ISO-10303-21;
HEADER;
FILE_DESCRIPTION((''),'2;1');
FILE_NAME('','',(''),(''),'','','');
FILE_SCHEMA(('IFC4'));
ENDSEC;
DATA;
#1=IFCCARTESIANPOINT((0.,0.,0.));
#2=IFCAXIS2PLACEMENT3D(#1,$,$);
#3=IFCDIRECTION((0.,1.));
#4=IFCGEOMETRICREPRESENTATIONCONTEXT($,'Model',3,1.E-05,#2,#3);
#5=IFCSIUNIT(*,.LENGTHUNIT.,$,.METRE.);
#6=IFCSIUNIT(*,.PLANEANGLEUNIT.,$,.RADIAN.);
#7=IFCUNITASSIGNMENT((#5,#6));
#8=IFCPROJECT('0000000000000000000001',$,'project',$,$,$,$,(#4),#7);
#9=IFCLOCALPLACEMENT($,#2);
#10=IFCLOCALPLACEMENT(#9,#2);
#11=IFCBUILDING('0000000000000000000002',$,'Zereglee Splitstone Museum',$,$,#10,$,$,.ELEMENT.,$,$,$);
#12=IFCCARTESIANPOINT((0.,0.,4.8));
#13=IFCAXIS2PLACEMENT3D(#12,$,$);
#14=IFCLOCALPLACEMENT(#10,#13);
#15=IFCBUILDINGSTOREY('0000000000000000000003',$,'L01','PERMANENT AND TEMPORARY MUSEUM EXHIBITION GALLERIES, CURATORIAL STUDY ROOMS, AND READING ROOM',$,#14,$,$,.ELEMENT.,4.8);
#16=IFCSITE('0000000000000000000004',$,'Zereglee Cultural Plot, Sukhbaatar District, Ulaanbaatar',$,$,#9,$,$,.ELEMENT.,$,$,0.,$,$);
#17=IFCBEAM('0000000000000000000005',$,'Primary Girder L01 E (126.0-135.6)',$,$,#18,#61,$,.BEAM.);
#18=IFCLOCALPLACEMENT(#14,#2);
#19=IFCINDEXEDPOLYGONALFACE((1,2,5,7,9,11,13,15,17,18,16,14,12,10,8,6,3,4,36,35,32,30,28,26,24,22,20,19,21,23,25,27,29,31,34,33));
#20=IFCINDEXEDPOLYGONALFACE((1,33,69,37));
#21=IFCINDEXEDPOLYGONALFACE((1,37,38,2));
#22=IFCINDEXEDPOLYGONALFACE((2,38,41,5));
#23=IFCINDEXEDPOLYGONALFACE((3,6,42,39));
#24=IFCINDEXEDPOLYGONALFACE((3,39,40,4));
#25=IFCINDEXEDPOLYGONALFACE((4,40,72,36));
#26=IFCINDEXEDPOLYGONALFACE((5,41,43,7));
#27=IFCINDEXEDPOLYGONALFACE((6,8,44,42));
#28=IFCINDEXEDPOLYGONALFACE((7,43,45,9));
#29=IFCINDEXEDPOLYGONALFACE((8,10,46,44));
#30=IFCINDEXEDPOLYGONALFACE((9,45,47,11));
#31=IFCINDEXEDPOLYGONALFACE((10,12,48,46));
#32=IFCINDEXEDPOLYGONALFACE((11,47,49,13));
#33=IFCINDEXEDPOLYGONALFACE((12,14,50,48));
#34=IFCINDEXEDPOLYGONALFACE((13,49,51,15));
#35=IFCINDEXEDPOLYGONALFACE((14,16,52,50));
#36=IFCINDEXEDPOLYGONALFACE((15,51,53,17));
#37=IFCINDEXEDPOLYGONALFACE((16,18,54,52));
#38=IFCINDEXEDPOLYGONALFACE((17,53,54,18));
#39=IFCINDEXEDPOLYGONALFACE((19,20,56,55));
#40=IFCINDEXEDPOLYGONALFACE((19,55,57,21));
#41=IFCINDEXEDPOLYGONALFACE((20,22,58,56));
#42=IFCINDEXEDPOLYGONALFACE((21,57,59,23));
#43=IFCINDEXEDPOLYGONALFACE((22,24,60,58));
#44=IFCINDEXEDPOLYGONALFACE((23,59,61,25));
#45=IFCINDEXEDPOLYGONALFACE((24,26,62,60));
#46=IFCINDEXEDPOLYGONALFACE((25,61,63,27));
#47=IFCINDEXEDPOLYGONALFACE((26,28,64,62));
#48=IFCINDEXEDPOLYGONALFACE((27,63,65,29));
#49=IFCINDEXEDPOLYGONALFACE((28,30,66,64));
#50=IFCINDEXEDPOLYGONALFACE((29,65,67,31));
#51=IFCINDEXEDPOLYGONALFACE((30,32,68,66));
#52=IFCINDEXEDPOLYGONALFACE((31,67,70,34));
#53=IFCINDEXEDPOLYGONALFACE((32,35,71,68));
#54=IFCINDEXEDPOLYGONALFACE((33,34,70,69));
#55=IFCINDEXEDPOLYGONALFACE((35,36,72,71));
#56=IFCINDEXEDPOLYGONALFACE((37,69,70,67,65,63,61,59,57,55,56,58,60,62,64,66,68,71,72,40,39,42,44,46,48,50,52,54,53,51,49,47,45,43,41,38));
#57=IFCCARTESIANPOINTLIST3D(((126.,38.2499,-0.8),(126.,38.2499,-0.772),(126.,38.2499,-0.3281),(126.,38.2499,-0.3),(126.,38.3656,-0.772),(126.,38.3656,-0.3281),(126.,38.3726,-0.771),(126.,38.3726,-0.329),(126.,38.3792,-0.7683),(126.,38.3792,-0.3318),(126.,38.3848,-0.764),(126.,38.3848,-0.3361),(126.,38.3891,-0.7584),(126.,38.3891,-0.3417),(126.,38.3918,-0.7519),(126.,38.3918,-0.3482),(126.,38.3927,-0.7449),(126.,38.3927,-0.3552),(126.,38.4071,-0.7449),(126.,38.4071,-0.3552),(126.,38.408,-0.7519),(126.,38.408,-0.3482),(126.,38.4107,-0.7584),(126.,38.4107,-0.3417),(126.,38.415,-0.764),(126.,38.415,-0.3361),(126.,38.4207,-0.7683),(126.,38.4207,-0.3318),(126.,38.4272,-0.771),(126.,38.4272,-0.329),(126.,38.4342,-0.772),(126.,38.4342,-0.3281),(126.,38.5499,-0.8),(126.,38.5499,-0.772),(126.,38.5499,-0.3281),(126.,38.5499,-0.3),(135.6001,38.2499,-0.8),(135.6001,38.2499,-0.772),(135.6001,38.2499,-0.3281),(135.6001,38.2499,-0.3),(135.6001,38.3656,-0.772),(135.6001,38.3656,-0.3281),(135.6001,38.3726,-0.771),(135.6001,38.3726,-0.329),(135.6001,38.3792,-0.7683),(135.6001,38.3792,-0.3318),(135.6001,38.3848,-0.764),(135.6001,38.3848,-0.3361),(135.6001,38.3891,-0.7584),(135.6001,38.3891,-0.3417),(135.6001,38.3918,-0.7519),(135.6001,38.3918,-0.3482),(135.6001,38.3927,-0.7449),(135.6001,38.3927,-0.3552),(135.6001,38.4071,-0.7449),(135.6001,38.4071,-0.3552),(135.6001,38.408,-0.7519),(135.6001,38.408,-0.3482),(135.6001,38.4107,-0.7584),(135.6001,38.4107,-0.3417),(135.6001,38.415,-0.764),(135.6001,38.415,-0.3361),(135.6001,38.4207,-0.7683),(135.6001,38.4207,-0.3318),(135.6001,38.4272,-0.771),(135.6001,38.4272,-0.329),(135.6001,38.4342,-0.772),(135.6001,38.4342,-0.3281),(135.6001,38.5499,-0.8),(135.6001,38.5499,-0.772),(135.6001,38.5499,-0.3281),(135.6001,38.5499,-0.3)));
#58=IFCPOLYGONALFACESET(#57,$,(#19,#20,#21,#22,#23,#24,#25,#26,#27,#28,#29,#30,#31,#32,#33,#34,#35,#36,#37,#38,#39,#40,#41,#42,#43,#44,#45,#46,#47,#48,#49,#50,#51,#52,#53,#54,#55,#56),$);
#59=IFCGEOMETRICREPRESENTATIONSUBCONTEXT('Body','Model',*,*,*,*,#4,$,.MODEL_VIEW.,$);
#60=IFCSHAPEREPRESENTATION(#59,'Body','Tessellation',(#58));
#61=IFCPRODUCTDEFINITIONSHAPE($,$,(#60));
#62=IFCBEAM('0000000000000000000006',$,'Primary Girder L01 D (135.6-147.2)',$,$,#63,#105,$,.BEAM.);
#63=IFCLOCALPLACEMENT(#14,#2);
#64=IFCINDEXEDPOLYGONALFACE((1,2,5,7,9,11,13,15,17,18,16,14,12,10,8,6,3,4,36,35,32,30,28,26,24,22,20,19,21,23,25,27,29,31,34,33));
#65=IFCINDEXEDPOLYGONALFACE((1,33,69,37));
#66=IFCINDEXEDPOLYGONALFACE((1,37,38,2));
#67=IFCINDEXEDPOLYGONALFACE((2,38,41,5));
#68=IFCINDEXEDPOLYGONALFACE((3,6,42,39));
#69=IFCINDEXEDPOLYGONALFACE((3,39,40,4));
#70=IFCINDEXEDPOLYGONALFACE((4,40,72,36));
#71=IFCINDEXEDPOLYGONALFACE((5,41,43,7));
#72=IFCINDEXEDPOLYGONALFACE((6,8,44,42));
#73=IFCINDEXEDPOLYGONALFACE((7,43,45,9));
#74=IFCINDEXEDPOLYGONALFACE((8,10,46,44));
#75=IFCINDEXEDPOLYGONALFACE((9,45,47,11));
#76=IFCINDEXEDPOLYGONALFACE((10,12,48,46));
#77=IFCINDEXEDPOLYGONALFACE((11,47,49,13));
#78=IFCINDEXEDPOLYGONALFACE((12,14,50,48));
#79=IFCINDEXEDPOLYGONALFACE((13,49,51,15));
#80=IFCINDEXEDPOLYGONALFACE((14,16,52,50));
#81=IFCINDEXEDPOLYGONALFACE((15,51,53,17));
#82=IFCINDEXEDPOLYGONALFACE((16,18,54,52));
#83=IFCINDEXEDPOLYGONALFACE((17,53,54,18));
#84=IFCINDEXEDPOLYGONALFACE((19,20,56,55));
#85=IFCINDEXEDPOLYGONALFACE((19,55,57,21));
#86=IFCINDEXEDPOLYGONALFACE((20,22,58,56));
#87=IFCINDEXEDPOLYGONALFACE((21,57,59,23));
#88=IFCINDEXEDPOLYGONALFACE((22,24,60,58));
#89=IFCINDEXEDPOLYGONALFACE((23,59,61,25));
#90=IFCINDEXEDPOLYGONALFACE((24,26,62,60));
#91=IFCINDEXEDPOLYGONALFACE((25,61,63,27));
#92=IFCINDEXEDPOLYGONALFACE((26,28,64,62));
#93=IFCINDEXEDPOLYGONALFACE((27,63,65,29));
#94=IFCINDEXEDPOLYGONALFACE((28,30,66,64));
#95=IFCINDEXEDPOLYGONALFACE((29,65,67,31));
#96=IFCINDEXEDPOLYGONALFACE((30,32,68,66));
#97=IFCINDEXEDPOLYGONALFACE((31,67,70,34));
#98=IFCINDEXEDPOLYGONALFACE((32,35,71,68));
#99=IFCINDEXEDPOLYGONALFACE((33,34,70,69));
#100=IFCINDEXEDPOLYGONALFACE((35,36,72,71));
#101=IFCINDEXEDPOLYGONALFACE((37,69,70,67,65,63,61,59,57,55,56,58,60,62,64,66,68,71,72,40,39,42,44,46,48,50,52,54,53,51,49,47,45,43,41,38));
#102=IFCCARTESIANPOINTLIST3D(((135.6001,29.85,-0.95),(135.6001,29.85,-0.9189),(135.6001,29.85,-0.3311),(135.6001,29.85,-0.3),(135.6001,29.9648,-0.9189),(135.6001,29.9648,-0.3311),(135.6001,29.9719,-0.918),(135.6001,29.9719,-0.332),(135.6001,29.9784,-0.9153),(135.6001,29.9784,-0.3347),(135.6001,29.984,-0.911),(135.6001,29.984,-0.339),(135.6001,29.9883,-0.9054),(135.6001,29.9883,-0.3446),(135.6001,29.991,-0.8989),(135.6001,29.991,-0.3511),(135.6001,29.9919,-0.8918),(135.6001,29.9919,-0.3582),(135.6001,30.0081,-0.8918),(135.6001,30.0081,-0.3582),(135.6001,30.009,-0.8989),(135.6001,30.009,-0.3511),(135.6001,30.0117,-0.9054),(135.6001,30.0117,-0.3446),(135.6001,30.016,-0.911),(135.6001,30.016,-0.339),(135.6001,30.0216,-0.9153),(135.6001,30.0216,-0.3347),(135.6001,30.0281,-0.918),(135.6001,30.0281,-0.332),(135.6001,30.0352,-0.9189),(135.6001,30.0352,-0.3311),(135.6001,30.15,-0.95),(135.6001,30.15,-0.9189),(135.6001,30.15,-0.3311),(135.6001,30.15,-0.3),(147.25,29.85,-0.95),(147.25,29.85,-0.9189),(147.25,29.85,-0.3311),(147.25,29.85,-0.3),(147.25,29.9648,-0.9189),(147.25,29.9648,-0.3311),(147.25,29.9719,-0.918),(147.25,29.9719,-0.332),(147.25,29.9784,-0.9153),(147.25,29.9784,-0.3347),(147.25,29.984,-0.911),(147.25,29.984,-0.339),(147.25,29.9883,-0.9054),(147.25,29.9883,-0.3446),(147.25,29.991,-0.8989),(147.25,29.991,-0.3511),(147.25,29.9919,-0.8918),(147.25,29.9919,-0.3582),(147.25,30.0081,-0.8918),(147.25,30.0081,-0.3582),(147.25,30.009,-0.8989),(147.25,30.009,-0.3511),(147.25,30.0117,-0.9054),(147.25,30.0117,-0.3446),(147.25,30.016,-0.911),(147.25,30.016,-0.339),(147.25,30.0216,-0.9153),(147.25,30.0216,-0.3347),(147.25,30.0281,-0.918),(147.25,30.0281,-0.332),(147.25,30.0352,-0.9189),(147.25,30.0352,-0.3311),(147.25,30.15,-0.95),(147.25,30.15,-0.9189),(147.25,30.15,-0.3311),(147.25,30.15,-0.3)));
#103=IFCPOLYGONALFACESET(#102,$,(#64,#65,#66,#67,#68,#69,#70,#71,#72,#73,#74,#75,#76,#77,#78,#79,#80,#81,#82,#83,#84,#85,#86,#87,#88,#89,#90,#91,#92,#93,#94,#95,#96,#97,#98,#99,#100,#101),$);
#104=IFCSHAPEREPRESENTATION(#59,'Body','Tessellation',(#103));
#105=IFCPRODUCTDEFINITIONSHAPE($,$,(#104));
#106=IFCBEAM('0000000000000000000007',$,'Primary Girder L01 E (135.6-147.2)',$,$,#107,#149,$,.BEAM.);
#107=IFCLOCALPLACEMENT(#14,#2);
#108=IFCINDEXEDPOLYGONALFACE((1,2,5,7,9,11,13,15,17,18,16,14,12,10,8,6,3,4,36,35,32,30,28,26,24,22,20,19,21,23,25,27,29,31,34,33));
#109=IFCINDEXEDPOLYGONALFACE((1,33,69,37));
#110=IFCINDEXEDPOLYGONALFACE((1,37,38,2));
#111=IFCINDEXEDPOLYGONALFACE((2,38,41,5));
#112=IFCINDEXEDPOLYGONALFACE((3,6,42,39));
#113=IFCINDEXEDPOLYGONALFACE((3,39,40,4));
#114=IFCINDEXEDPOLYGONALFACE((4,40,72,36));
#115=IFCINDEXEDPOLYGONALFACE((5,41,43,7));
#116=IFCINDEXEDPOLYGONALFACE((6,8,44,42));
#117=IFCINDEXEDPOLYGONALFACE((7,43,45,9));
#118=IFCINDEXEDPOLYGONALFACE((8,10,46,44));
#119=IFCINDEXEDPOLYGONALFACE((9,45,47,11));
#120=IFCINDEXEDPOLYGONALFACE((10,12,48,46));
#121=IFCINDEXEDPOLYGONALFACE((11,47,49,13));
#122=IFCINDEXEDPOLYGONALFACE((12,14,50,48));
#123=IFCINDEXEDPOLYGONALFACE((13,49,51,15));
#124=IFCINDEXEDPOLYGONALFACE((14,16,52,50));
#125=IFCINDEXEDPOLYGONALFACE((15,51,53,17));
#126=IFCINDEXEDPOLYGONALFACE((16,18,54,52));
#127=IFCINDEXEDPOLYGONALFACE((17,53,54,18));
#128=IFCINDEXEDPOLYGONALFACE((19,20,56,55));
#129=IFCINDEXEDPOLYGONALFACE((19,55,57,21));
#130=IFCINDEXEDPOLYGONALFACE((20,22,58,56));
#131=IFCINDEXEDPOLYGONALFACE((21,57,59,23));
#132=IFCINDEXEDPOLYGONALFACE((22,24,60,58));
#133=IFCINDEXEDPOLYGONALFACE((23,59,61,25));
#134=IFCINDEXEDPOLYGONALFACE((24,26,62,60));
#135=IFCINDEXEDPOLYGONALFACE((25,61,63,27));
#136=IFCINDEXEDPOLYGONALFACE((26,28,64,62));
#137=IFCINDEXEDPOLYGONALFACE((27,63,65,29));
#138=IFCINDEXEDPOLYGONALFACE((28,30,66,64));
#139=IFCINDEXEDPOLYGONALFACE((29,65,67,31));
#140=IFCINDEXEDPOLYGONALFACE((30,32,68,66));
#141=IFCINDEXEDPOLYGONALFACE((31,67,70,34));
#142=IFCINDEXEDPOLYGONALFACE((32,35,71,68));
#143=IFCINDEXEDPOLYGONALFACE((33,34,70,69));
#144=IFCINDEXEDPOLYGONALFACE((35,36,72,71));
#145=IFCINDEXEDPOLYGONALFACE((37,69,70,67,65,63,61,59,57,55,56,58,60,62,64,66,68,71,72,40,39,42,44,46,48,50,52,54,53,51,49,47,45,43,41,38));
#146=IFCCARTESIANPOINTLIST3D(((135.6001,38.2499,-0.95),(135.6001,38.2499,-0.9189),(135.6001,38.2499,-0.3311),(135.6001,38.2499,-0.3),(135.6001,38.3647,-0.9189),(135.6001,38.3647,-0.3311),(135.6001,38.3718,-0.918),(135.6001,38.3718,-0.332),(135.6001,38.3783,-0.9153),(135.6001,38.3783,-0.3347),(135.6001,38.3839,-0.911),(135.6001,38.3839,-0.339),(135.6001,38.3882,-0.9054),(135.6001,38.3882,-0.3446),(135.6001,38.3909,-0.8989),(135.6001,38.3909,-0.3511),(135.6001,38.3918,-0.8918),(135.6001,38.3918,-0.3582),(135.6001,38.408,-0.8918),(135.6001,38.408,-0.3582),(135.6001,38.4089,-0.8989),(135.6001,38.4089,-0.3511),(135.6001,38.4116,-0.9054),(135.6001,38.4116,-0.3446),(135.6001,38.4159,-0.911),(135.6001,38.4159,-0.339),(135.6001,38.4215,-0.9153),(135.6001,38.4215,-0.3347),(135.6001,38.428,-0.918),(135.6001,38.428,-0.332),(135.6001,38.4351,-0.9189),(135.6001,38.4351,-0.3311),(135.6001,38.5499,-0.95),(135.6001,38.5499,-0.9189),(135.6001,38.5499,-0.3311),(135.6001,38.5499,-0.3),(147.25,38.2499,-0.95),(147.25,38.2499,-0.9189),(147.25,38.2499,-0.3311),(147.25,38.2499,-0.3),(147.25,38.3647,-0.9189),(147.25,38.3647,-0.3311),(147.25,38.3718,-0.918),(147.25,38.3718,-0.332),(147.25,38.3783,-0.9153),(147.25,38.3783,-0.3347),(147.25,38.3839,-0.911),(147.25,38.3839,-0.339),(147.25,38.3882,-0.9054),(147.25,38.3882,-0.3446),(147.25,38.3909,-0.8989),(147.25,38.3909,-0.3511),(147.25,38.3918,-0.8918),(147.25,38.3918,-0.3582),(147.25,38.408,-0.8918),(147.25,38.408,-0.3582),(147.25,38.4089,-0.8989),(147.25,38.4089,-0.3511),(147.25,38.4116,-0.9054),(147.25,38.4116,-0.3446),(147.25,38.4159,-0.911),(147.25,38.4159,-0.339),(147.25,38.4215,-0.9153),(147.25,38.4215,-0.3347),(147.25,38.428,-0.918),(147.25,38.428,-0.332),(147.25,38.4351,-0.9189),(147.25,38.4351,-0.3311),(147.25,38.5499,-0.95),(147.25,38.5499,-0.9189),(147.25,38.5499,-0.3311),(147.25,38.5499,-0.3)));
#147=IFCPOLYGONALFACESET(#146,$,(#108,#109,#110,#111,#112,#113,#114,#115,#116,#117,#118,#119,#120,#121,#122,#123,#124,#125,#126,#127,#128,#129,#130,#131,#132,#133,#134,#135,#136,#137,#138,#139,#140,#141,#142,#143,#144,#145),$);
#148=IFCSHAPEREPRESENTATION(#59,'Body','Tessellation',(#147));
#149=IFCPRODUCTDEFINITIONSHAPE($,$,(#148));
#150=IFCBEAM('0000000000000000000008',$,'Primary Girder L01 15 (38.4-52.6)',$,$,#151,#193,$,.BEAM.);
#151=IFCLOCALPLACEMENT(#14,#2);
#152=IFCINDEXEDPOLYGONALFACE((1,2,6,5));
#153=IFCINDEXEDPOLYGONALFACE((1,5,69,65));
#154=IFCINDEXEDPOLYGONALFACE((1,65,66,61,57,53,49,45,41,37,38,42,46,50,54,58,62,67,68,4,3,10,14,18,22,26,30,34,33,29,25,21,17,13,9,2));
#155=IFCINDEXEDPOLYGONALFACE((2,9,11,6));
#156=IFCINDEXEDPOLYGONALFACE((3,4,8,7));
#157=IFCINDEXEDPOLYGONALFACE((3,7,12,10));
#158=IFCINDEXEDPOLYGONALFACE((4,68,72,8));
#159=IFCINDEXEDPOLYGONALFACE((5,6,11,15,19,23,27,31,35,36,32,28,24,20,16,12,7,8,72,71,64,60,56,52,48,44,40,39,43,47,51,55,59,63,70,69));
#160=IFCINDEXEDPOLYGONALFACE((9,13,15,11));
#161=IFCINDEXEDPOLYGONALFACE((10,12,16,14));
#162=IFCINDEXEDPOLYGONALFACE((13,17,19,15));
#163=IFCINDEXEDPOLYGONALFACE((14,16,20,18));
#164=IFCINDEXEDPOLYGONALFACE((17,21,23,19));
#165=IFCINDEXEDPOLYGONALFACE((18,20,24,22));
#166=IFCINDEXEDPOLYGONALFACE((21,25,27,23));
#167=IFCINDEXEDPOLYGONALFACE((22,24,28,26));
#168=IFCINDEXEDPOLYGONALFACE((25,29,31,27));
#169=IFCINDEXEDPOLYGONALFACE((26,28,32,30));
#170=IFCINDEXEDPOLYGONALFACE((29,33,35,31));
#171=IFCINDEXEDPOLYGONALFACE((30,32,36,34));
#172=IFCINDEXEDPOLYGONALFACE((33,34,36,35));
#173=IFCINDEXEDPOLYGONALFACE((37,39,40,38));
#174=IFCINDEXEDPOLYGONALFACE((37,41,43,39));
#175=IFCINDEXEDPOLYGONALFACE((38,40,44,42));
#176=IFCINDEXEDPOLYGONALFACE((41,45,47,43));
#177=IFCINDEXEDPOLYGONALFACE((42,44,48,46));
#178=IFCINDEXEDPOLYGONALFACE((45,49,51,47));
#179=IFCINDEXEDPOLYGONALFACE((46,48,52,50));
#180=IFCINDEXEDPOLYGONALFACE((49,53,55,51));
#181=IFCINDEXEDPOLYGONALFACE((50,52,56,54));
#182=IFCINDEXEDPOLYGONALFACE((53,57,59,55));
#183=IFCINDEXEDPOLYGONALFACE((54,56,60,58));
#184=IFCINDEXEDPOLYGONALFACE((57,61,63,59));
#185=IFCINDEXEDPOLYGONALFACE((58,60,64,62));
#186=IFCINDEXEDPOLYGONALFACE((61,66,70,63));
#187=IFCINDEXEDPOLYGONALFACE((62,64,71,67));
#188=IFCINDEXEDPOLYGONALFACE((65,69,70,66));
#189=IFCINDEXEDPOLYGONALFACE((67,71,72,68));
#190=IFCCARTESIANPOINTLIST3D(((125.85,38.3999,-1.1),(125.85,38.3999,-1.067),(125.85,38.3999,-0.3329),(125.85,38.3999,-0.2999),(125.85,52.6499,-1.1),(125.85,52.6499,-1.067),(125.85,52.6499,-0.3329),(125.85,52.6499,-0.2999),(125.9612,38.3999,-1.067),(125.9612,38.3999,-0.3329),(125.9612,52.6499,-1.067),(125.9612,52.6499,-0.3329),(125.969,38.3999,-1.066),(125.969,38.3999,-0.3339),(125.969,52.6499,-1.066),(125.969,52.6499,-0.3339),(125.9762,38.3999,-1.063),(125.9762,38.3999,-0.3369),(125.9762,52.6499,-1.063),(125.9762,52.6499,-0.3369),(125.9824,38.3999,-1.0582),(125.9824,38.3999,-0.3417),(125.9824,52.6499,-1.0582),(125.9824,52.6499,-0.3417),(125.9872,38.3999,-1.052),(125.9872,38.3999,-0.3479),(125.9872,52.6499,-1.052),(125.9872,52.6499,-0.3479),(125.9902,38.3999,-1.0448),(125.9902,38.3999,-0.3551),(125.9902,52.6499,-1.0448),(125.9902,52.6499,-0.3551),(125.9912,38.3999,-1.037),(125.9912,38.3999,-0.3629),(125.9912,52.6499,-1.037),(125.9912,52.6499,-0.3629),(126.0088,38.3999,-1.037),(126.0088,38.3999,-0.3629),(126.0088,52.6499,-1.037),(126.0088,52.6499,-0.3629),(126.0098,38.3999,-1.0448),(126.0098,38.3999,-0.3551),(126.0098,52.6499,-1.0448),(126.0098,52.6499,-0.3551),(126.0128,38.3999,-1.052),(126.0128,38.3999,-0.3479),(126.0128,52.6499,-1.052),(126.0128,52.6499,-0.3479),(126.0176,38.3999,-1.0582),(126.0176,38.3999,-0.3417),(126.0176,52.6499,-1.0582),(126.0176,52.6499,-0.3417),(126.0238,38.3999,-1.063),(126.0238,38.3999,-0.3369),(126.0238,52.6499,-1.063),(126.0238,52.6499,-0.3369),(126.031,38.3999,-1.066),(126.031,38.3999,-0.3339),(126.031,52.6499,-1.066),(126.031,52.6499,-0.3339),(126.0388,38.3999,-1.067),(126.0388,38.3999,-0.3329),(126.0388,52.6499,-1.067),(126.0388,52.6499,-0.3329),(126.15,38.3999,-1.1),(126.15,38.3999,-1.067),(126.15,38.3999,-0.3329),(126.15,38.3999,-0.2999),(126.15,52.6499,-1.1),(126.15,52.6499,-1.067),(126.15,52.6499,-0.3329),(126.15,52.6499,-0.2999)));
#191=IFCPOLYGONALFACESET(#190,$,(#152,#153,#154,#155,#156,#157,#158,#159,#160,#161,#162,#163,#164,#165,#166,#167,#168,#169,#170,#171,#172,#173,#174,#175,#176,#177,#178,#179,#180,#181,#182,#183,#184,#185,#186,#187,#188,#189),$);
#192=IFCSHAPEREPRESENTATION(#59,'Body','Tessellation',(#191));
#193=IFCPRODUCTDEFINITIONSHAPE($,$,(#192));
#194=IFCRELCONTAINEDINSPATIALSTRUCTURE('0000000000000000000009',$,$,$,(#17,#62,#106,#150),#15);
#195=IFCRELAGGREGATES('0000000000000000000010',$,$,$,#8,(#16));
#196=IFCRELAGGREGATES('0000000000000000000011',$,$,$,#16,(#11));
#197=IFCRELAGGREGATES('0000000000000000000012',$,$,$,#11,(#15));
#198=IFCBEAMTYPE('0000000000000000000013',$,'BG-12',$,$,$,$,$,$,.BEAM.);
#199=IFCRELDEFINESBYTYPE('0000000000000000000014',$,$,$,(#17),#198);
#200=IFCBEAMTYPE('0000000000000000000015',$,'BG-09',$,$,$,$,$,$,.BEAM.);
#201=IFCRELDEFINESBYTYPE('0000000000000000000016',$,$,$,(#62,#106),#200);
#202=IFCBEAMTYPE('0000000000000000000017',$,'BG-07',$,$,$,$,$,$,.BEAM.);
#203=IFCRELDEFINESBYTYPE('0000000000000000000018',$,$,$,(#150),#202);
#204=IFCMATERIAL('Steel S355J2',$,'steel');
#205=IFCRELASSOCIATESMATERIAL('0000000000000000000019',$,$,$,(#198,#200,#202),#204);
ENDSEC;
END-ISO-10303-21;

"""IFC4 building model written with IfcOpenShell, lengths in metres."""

from ifc_helpers import new_model, si_unit, direction, frame, origin, origin_2d, place, context, subcontext, project, spatial, i_section, extrude, material, material_profile, profile_set, type_object, element, save


model = new_model("IFC4")

# Units and contexts
model_context = context("Model", 3, precision=1e-05, world=origin(), true_north=direction((0.0, 1.0)))
body_context = subcontext(model_context, "Body", "Model", "MODEL_VIEW")
ifc_project = project(units=[si_unit("LENGTHUNIT", "METRE"), si_unit("PLANEANGLEUNIT", "RADIAN")], contexts=[model_context])

# Site, building, storey
site_placement = place(None, origin())
site = spatial("IfcSite", under=ifc_project, at=site_placement, Name="Zereglee Cultural Plot, Sukhbaatar District, Ulaanbaatar", CompositionType="ELEMENT", RefElevation=0.0)
building_placement = place(site_placement, origin())
building = spatial("IfcBuilding", under=site, at=building_placement, Name="Zereglee Splitstone Museum", CompositionType="ELEMENT")
storey_placement = place(building_placement, frame((0.0, 0.0, 4.8)))
storey = spatial("IfcBuildingStorey", under=building, at=storey_placement, Name="L01", Description="PERMANENT AND TEMPORARY MUSEUM EXHIBITION GALLERIES, CURATORIAL STUDY ROOMS, AND READING ROOM", CompositionType="ELEMENT", Elevation=4.8)

# Shared definitions
ifc_material_1 = material(Name="Steel S355J2", Category="steel")

# Beams
ifc_material_profile_1 = material_profile(ifc_material_1, i_section(OverallWidth=0.3, OverallDepth=0.5, WebThickness=0.0144, FlangeThickness=0.0281, FilletRadius=0.0271, at=origin_2d()), Name="HE 500 B")
ifc_profile_set_1 = profile_set([ifc_material_profile_1], Name="Steel S355J2")
beam_type_1 = type_object("IfcBeamType", Name="BG-12", PredefinedType="BEAM", material=ifc_profile_set_1)
beam_1_placement = place(storey_placement, frame((126.0, 38.3999, -0.55), z_axis=(1.0, 0.0, 0.0), x_axis=(0.0, 1.0, 0.0)))
element("IfcBeam", 1, at=beam_1_placement, inside=storey, type_object=beam_type_1, Name="Primary Girder L01 E (126.0-135.6)", PredefinedType="BEAM", context=body_context, shape_type="SweptSolid", body=[
    extrude(i_section(OverallWidth=0.3, OverallDepth=0.5, WebThickness=0.0144, FlangeThickness=0.0281, FilletRadius=0.0271, at=origin_2d()), origin(), (0.0, 0.0, 1.0), 9.6001),
])
ifc_material_profile_2 = material_profile(ifc_material_1, i_section(OverallWidth=0.3, OverallDepth=0.6499, WebThickness=0.0161, FlangeThickness=0.031, FilletRadius=0.0271, at=origin_2d()), Name="HE 650 B")
ifc_profile_set_2 = profile_set([ifc_material_profile_2], Name="Steel S355J2")
beam_type_2 = type_object("IfcBeamType", Name="BG-09", PredefinedType="BEAM", material=ifc_profile_set_2)
for number, where, z_axis, x_axis, name in (
    (2, (135.6001, 30.0, -0.625), (1.0, 0.0, 0.0), (0.0, 1.0, 0.0), "Primary Girder L01 D (135.6-147.2)"),
    (3, (135.6001, 38.3999, -0.625), (1.0, 0.0, 0.0), (0.0, 1.0, 0.0), "Primary Girder L01 E (135.6-147.2)"),
):
    element("IfcBeam", number, at=place(storey_placement, frame(where, z_axis=z_axis, x_axis=x_axis)), inside=storey, type_object=beam_type_2, Name=name, PredefinedType="BEAM", context=body_context, shape_type="SweptSolid", body=[
        extrude(i_section(OverallWidth=0.3, OverallDepth=0.6499, WebThickness=0.0161, FlangeThickness=0.031, FilletRadius=0.0271, at=origin_2d()), origin(), (0.0, 0.0, 1.0), 11.6499),
    ])
ifc_material_profile_3 = material_profile(ifc_material_1, i_section(OverallWidth=0.3, OverallDepth=0.8, WebThickness=0.0176, FlangeThickness=0.033, FilletRadius=0.03, at=origin_2d()), Name="HE 800 B")
ifc_profile_set_3 = profile_set([ifc_material_profile_3], Name="Steel S355J2")
beam_type_3 = type_object("IfcBeamType", Name="BG-07", PredefinedType="BEAM", material=ifc_profile_set_3)
for number, where, z_axis, x_axis, name in (
    (4, (126.0, 38.3999, -0.7), (0.0, 1.0, 0.0), (-1.0, 0.0, 0.0), "Primary Girder L01 15 (38.4-52.6)"),
):
    element("IfcBeam", number, at=place(storey_placement, frame(where, z_axis=z_axis, x_axis=x_axis)), inside=storey, type_object=beam_type_3, Name=name, PredefinedType="BEAM", context=body_context, shape_type="SweptSolid", body=[
        extrude(i_section(OverallWidth=0.3, OverallDepth=0.8, WebThickness=0.0176, FlangeThickness=0.033, FilletRadius=0.03, at=origin_2d()), origin(), (0.0, 0.0, 1.0), 14.25),
    ])

save(model, "model.ifc")
